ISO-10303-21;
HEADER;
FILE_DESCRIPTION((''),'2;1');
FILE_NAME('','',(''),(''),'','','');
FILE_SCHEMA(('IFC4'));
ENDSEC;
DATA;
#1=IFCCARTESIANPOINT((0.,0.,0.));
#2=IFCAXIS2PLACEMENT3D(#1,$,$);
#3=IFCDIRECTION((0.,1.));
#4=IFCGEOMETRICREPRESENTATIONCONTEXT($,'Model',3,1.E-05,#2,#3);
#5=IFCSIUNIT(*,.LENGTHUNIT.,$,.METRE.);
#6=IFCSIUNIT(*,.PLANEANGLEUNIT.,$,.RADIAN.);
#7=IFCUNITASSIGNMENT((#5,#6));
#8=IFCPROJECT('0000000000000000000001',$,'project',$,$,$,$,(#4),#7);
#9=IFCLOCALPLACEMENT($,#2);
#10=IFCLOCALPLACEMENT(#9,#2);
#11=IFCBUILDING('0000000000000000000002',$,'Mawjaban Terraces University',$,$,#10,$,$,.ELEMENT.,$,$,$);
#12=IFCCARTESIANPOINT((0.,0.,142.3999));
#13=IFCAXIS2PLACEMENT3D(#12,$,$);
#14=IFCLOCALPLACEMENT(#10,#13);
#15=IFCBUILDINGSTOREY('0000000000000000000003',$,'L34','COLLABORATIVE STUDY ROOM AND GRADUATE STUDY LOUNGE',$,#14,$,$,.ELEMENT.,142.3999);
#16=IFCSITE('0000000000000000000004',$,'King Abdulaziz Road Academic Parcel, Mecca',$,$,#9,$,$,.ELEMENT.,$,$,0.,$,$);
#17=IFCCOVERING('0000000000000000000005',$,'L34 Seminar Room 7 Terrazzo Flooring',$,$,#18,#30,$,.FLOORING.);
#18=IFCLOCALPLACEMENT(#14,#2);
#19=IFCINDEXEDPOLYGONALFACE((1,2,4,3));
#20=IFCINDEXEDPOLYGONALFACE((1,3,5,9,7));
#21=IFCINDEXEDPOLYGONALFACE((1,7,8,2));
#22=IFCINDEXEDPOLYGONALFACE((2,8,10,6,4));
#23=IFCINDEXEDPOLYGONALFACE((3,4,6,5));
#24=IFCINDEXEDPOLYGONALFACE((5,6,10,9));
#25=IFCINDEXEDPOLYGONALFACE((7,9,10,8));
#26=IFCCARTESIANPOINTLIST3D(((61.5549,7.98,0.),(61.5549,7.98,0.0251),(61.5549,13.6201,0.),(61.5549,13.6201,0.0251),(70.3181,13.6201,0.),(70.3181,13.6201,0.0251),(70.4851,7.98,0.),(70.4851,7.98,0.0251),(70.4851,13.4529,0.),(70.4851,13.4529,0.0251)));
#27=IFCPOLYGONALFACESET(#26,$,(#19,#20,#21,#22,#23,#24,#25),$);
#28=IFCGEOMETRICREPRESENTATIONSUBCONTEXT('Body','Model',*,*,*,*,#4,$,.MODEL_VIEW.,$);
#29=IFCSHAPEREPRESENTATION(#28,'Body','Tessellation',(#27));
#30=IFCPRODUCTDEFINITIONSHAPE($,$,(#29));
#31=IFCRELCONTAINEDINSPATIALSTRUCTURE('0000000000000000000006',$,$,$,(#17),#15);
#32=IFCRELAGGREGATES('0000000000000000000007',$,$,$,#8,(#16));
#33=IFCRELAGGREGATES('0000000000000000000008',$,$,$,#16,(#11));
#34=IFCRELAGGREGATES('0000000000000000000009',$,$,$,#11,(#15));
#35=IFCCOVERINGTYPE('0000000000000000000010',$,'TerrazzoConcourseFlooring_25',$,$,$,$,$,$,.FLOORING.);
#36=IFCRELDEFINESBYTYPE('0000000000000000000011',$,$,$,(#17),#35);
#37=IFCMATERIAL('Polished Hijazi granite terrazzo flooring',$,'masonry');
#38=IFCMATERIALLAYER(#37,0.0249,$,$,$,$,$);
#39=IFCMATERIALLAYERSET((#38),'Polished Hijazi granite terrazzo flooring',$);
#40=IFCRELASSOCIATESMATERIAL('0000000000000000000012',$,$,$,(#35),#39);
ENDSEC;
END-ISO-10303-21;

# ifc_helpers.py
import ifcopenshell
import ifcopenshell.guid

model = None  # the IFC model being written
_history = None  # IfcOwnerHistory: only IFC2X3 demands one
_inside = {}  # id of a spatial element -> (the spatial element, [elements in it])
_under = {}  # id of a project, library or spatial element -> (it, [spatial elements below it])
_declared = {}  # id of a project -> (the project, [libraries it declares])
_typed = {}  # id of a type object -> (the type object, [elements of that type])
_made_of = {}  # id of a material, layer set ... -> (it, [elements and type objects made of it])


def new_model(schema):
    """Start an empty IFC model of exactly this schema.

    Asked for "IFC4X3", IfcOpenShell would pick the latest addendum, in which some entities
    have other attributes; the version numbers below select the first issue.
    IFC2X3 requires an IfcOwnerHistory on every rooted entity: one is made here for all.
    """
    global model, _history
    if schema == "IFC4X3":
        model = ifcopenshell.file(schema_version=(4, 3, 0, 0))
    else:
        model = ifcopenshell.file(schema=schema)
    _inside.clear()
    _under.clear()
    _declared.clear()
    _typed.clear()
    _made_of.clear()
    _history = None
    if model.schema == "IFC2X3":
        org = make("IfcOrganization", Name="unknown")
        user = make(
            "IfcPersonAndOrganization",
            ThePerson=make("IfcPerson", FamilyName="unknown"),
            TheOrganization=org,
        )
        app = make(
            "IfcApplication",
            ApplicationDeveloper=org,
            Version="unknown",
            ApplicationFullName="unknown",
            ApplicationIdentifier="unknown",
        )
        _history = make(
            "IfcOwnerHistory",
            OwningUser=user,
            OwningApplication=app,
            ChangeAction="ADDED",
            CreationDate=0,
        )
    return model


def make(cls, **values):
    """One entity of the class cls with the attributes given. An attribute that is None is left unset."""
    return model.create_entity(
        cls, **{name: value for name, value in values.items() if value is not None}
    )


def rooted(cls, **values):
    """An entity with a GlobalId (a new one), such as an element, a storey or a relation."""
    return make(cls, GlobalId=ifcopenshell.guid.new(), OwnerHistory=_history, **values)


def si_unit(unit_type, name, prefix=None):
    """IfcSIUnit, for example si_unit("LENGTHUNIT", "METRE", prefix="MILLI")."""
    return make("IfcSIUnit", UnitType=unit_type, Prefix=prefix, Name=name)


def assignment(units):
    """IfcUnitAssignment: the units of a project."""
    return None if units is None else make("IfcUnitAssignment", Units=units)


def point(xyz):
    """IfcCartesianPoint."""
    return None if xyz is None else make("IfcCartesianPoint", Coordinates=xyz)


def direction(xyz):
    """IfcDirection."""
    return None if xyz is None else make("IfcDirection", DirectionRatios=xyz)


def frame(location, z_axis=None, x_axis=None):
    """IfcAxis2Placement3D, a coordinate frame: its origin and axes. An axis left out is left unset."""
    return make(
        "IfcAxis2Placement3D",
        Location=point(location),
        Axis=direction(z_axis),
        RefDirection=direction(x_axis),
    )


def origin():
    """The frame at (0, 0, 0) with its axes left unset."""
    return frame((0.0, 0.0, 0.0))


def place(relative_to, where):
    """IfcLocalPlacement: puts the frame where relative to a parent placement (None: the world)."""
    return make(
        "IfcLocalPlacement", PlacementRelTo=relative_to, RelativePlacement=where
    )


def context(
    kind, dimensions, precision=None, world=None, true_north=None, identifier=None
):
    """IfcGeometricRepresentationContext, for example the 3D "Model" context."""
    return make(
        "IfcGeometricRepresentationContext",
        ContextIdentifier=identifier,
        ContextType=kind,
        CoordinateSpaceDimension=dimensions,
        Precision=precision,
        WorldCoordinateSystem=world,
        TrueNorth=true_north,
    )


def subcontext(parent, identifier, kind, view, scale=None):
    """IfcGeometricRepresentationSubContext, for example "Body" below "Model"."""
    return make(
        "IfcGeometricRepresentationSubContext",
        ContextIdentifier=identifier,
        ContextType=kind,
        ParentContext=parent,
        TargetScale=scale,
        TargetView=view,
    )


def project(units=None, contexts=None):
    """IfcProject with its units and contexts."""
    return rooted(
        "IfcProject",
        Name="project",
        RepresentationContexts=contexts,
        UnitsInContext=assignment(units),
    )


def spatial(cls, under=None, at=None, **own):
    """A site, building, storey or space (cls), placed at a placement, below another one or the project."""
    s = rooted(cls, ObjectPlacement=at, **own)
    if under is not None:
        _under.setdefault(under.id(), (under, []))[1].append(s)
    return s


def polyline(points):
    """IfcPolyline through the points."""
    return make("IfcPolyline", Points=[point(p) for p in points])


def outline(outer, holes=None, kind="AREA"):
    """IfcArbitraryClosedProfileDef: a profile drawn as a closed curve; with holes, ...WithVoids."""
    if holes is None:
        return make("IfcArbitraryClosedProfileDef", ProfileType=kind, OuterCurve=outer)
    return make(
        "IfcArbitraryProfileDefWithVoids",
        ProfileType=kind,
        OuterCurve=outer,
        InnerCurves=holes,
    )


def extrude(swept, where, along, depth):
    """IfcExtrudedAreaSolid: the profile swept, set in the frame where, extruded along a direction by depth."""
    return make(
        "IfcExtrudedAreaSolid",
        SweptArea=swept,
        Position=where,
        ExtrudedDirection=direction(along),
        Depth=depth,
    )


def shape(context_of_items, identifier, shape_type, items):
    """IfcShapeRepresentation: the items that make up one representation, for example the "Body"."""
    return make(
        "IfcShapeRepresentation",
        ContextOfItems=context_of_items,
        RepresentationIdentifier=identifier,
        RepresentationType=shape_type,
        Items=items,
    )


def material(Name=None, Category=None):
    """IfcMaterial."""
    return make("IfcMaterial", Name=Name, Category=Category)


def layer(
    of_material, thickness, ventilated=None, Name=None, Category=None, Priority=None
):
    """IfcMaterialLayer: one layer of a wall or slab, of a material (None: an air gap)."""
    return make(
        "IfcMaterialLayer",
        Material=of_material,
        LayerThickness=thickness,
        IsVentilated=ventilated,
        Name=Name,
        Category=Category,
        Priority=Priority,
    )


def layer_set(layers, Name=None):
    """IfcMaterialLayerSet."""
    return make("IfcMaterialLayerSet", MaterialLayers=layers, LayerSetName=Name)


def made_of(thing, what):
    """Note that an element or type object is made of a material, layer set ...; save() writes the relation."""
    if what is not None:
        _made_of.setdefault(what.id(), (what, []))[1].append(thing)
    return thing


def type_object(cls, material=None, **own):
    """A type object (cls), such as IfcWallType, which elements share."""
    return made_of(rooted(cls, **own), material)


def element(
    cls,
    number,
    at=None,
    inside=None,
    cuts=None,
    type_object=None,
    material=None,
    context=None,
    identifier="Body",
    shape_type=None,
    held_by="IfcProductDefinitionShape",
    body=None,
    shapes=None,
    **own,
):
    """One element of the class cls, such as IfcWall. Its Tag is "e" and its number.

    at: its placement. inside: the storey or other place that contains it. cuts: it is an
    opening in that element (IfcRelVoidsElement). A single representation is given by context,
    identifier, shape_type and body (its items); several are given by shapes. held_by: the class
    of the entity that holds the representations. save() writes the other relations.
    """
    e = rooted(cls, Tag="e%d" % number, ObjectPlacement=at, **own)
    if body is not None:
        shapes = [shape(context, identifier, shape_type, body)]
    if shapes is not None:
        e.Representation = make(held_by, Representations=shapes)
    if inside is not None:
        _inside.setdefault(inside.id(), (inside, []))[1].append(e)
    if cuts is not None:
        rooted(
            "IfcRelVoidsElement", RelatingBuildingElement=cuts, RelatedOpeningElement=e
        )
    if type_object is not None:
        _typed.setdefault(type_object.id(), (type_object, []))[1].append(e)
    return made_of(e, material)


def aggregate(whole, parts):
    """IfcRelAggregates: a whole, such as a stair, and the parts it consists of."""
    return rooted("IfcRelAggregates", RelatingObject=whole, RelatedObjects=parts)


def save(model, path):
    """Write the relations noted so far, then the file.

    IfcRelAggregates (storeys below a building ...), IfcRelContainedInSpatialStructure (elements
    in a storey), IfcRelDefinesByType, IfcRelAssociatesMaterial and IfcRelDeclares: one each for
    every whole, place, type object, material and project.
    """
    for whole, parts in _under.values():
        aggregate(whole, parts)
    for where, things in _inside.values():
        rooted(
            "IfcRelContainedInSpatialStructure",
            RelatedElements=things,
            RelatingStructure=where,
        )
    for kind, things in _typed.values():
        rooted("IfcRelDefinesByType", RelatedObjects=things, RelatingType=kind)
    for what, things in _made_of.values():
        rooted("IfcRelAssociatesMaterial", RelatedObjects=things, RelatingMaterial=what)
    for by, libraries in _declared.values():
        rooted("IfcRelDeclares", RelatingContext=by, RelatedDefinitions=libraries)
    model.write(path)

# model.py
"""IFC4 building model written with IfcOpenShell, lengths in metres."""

from ifc_helpers import new_model, si_unit, direction, frame, origin, place, context, subcontext, project, spatial, polyline, outline, extrude, material, layer, layer_set, type_object, element, save


model = new_model("IFC4")

# Units and contexts
model_context = context("Model", 3, precision=1e-05, world=origin(), true_north=direction((0.0, 1.0)))
body_context = subcontext(model_context, "Body", "Model", "MODEL_VIEW")
ifc_project = project(units=[si_unit("LENGTHUNIT", "METRE"), si_unit("PLANEANGLEUNIT", "RADIAN")], contexts=[model_context])

# Site, building, storey
site_placement = place(None, origin())
site = spatial("IfcSite", under=ifc_project, at=site_placement, Name="King Abdulaziz Road Academic Parcel, Mecca", CompositionType="ELEMENT", RefElevation=0.0)
building_placement = place(site_placement, origin())
building = spatial("IfcBuilding", under=site, at=building_placement, Name="Mawjaban Terraces University", CompositionType="ELEMENT")
storey_placement = place(building_placement, frame((0.0, 0.0, 142.3999)))
storey = spatial("IfcBuildingStorey", under=building, at=storey_placement, Name="L34", Description="COLLABORATIVE STUDY ROOM AND GRADUATE STUDY LOUNGE", CompositionType="ELEMENT", Elevation=142.3999)

# Covering
ifc_material_1 = material(Name="Polished Hijazi granite terrazzo flooring", Category="masonry")
ifc_layer_1 = layer(ifc_material_1, 0.0249)
ifc_layer_set_1 = layer_set([ifc_layer_1], Name="Polished Hijazi granite terrazzo flooring")
covering_type_1 = type_object("IfcCoveringType", Name="TerrazzoConcourseFlooring_25", PredefinedType="FLOORING", material=ifc_layer_set_1)
covering_1_placement = place(storey_placement, origin())
element("IfcCovering", 1, at=covering_1_placement, inside=storey, type_object=covering_type_1, Name="L34 Seminar Room 7 Terrazzo Flooring", PredefinedType="FLOORING", context=body_context, shape_type="SweptSolid", body=[
    extrude(outline(polyline([(70.4851, 7.98), (70.4851, 13.4529), (70.3181, 13.6201), (61.5549, 13.6201), (61.5549, 7.98), (70.4851, 7.98)])), origin(), (0.0, 0.0, 1.0), 0.0251),
])

save(model, "model.ifc")
